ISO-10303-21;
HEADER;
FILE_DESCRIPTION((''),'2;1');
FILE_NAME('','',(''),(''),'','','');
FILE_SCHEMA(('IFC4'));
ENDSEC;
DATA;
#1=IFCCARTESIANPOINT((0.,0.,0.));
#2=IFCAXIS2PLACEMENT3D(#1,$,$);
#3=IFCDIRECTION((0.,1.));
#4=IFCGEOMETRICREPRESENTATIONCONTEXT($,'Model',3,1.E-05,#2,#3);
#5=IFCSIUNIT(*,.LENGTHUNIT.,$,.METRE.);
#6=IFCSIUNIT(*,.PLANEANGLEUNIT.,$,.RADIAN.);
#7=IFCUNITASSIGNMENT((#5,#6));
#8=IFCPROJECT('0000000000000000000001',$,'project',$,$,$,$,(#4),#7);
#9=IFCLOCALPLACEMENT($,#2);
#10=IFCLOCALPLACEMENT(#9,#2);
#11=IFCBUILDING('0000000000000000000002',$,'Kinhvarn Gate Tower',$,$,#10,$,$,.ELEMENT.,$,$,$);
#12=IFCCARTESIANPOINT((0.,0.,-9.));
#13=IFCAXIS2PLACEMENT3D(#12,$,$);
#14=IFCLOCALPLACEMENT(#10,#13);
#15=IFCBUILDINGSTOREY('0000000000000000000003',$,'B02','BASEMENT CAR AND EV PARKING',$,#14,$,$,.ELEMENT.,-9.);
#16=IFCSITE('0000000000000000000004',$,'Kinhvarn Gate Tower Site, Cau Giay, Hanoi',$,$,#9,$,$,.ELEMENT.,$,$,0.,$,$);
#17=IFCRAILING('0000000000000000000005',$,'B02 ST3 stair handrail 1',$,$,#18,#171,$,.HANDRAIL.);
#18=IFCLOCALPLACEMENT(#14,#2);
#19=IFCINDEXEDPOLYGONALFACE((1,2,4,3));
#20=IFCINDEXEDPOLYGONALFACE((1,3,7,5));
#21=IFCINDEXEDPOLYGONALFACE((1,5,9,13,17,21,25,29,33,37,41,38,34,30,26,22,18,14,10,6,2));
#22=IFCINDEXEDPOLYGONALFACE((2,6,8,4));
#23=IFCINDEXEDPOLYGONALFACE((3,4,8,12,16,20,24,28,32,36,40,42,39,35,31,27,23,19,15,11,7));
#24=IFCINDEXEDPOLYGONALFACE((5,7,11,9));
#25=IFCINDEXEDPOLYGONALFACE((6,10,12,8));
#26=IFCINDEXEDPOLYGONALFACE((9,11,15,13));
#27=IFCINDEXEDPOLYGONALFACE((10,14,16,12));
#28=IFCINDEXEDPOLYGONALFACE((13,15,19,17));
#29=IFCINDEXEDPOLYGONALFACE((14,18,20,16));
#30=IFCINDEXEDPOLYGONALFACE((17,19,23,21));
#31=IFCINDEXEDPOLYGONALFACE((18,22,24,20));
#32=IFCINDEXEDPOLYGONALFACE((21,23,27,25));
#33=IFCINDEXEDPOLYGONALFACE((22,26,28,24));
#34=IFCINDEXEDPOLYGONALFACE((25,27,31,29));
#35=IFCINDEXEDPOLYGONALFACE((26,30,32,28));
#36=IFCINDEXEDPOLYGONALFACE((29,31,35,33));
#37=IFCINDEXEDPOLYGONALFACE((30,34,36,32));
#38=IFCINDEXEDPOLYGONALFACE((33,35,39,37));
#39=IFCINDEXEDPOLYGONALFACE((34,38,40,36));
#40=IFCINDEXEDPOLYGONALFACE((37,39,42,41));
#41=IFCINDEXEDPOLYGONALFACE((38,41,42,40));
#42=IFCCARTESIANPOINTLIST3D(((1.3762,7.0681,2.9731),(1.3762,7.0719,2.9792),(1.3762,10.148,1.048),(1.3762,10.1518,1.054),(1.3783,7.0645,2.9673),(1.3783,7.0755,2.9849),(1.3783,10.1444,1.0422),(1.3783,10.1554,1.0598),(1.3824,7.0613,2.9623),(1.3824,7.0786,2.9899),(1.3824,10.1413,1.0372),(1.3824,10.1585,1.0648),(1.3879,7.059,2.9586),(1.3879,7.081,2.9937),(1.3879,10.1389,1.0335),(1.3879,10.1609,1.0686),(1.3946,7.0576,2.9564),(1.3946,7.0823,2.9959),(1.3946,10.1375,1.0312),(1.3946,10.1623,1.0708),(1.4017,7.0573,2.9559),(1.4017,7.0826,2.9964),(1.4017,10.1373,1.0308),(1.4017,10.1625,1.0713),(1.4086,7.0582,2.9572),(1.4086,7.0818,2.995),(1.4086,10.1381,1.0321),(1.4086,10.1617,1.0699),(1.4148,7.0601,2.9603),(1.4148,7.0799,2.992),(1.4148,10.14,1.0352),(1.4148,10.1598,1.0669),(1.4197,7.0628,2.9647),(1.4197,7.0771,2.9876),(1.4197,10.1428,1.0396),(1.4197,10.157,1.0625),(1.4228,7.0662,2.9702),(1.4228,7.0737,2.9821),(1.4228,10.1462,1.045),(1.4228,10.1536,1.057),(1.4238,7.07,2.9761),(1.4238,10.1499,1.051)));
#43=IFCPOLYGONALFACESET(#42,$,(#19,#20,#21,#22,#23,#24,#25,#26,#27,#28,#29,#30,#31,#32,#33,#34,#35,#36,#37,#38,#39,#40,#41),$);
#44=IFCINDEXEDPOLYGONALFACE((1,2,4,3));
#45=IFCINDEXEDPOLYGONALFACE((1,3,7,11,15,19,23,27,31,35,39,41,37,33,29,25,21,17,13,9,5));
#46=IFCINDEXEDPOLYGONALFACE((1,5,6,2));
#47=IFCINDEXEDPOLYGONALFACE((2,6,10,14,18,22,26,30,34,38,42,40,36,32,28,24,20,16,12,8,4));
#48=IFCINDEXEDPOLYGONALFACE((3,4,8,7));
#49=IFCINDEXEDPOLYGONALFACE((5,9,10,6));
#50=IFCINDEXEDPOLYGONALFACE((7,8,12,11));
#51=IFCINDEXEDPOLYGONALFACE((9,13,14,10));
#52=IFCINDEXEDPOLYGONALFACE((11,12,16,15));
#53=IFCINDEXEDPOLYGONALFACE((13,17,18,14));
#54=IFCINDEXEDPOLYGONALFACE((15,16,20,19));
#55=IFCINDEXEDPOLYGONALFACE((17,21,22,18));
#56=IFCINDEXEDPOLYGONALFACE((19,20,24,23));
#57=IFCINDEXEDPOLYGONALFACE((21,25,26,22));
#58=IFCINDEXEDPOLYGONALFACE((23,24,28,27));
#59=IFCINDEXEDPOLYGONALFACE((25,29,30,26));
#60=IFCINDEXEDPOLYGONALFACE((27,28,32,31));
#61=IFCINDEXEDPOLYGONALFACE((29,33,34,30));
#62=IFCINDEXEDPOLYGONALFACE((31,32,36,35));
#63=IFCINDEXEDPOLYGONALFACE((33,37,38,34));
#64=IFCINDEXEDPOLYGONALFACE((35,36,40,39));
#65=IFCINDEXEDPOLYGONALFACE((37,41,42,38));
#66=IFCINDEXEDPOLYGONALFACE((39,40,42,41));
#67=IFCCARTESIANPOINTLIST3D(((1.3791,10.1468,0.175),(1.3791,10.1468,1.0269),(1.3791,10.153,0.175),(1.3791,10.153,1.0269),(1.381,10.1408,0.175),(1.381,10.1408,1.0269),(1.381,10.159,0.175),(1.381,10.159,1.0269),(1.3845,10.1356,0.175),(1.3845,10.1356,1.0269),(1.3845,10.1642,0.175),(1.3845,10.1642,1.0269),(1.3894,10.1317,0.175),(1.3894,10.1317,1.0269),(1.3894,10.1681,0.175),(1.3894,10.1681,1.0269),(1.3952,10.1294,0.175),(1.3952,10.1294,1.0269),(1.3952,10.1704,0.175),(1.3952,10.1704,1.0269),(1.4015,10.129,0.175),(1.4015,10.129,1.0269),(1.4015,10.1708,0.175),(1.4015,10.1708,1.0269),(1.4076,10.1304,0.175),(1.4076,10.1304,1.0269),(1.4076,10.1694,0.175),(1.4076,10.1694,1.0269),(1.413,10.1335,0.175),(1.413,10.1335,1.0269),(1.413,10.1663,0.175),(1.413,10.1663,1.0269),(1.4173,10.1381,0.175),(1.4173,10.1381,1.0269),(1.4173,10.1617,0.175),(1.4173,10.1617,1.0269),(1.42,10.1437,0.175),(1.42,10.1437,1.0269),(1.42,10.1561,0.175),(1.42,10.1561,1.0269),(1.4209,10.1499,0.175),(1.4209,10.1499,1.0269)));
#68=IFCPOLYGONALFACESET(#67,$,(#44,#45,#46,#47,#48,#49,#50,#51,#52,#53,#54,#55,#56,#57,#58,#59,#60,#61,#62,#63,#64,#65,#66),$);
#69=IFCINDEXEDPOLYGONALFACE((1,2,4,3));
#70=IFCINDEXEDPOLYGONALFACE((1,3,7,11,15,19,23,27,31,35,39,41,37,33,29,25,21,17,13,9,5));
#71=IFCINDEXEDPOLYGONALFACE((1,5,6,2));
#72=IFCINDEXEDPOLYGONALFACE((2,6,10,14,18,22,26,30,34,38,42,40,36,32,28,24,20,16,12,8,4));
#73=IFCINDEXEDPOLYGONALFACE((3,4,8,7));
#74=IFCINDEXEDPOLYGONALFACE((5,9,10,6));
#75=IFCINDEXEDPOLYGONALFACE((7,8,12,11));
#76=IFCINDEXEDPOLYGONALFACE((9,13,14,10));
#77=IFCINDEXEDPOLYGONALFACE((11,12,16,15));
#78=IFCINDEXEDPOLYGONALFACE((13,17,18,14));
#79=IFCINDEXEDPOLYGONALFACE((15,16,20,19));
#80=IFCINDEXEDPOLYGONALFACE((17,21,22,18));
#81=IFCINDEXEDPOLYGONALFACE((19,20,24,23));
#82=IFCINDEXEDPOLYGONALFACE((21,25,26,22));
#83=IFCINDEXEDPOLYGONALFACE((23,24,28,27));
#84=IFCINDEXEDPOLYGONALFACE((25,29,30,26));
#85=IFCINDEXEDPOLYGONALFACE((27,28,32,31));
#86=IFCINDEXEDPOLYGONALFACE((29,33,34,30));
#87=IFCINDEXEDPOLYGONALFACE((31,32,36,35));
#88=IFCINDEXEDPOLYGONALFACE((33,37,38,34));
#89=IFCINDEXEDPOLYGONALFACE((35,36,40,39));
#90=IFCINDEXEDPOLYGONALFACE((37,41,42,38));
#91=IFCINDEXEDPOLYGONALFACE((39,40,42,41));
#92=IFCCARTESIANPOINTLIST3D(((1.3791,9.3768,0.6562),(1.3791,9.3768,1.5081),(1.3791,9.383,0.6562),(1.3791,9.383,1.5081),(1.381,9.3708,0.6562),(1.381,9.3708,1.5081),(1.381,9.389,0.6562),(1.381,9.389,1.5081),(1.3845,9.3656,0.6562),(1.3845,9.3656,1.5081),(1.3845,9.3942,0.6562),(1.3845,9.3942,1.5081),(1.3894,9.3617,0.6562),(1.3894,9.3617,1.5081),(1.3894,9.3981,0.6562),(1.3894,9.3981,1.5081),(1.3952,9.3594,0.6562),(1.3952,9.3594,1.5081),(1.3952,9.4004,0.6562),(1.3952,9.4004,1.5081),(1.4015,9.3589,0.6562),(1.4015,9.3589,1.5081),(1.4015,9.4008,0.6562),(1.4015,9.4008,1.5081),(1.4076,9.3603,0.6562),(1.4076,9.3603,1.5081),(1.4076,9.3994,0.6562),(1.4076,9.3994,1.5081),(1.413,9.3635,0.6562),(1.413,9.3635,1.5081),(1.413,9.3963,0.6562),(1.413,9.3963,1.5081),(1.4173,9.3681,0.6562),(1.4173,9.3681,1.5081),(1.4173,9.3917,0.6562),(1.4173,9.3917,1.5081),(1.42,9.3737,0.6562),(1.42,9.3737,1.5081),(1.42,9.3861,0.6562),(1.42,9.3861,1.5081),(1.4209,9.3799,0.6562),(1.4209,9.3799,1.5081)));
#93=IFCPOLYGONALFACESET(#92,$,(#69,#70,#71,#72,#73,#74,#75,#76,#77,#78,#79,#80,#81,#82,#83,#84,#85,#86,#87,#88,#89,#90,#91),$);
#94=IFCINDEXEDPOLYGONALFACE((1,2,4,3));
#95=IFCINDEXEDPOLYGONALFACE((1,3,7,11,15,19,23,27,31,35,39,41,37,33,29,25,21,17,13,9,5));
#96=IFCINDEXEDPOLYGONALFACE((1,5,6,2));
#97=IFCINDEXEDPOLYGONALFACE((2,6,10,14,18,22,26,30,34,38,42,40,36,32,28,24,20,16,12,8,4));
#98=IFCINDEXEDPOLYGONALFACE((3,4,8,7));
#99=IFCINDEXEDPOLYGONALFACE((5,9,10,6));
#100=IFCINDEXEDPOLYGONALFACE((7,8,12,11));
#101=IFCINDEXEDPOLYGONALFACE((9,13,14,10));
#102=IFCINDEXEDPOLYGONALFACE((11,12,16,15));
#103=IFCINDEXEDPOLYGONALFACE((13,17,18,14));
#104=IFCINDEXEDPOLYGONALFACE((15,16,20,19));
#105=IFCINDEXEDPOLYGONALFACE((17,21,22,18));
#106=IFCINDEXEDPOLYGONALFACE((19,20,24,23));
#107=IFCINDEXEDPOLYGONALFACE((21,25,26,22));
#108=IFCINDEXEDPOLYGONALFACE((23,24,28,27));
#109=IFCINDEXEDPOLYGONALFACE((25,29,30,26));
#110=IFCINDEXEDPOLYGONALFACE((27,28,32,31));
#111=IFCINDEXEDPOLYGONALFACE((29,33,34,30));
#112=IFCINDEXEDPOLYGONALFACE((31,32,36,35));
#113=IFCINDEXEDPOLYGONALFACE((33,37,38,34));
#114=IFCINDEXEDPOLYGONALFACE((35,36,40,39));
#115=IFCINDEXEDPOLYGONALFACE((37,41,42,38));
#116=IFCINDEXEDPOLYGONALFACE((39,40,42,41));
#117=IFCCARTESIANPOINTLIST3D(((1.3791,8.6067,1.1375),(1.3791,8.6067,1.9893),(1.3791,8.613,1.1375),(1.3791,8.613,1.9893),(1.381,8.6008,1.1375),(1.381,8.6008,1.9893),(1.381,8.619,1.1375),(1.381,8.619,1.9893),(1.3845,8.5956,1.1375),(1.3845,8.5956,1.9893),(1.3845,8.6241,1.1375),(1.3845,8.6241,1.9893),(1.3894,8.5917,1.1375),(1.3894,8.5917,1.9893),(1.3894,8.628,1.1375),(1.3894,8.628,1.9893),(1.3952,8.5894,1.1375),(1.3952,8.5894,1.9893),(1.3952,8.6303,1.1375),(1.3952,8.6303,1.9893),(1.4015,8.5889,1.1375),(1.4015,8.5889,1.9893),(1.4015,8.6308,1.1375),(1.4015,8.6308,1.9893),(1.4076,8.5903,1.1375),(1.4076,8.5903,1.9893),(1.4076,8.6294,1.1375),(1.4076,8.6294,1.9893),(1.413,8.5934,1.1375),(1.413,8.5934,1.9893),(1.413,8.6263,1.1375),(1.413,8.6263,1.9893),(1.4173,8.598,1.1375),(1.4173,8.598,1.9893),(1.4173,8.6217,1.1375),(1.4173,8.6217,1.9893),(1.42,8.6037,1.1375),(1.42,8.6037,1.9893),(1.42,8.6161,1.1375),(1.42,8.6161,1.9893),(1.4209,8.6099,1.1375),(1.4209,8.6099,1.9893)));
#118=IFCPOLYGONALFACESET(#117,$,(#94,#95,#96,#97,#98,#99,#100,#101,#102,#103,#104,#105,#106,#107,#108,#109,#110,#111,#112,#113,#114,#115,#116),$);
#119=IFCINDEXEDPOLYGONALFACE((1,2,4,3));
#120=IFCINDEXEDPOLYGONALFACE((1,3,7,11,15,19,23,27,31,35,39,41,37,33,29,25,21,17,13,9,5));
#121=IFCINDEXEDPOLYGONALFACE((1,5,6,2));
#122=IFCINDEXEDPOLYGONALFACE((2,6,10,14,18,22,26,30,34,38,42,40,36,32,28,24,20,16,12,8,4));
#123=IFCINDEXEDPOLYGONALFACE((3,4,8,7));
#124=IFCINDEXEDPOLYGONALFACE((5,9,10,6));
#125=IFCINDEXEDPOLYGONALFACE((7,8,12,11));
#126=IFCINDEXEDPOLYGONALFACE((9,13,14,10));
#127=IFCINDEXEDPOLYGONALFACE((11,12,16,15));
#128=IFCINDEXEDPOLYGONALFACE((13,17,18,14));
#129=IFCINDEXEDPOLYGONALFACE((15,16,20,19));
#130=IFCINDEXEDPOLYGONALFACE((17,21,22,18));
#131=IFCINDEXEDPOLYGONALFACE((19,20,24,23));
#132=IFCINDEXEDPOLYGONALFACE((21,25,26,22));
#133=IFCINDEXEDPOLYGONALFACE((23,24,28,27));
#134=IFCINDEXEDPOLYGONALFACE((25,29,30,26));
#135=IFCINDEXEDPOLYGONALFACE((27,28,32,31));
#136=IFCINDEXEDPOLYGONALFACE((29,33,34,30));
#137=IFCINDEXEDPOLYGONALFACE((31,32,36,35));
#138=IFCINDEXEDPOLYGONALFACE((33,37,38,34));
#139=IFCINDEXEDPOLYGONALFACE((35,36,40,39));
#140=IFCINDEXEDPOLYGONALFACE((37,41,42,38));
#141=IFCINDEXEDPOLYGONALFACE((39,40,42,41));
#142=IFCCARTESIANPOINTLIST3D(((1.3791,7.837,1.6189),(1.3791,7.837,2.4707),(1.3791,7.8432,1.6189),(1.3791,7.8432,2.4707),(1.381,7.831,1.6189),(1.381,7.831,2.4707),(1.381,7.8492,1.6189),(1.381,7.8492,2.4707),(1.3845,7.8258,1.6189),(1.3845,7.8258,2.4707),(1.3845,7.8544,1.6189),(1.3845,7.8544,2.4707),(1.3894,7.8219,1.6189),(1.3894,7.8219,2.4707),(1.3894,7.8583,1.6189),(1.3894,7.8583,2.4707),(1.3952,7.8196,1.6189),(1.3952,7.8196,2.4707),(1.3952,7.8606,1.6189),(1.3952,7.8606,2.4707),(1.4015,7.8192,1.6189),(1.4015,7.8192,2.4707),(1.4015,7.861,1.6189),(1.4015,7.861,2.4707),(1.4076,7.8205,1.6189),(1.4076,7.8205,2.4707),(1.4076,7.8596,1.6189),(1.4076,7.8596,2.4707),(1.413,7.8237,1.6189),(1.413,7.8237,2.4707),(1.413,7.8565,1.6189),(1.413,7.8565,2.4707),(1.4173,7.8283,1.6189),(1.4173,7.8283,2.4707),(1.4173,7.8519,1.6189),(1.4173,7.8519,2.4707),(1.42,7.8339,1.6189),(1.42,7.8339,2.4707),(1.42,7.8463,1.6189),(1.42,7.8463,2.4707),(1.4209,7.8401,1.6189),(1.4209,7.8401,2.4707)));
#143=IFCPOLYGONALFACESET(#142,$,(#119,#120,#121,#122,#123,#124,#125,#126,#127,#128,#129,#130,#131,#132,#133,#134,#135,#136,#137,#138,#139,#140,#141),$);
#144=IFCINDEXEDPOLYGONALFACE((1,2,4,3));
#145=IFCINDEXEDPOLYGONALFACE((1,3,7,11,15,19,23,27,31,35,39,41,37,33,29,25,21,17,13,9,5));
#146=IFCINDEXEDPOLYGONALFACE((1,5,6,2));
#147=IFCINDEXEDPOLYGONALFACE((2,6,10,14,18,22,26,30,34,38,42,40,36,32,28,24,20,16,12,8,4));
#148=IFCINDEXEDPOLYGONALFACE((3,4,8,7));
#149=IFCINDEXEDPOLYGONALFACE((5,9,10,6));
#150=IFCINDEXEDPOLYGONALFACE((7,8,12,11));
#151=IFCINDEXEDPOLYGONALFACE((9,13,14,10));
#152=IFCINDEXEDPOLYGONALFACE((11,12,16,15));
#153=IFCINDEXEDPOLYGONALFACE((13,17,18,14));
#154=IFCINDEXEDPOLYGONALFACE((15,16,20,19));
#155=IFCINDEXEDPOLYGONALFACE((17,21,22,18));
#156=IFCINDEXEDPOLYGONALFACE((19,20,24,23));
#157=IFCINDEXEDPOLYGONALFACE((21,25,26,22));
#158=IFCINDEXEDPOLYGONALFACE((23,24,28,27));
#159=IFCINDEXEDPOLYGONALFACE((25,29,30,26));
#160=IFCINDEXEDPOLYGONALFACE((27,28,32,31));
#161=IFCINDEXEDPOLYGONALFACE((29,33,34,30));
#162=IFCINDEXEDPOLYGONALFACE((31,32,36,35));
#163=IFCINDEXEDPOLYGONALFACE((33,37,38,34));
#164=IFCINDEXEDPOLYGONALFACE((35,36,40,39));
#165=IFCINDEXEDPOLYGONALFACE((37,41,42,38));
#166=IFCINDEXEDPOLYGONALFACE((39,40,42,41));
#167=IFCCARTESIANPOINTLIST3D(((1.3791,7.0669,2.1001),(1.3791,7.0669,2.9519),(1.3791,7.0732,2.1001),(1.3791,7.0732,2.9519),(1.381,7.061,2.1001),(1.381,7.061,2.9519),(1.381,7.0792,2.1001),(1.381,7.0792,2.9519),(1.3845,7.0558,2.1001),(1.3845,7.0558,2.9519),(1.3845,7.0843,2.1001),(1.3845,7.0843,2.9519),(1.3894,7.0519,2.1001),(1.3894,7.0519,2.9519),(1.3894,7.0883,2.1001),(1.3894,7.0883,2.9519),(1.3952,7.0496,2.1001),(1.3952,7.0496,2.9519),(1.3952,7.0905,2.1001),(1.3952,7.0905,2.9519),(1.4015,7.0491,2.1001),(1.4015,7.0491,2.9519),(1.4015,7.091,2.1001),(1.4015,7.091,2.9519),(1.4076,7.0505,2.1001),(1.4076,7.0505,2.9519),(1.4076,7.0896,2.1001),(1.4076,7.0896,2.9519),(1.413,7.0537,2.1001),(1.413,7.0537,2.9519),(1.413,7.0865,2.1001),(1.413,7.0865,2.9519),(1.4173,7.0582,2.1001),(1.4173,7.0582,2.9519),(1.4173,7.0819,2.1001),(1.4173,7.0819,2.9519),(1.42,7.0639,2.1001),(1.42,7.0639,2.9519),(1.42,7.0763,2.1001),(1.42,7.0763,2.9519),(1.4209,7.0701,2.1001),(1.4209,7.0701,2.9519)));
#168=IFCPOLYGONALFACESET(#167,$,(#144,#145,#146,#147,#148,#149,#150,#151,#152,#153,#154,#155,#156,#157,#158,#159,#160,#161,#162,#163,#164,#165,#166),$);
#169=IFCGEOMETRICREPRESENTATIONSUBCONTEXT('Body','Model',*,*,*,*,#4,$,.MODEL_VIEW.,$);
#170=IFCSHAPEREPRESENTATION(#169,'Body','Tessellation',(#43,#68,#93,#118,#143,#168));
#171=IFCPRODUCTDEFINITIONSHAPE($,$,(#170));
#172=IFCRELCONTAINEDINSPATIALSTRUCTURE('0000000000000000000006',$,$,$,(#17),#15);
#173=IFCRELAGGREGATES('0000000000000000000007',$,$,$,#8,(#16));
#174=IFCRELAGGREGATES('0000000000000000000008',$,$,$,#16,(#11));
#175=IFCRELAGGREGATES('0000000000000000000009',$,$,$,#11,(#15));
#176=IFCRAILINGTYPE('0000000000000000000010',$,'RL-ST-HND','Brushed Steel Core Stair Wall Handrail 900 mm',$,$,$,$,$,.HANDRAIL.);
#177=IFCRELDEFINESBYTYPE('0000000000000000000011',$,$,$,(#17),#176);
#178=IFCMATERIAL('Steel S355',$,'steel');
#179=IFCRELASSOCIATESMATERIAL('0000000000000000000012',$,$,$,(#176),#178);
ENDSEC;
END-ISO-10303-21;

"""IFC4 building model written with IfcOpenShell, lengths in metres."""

from ifc_helpers import new_model, si_unit, direction, frame, origin, origin_2d, place, context, subcontext, project, spatial, circle, extrude, material, type_object, element, save


model = new_model("IFC4")

# Units and contexts
model_context = context("Model", 3, precision=1e-05, world=origin(), true_north=direction((0.0, 1.0)))
body_context = subcontext(model_context, "Body", "Model", "MODEL_VIEW")
ifc_project = project(units=[si_unit("LENGTHUNIT", "METRE"), si_unit("PLANEANGLEUNIT", "RADIAN")], contexts=[model_context])

# Site, building, storey
site_placement = place(None, origin())
site = spatial("IfcSite", under=ifc_project, at=site_placement, Name="Kinhvarn Gate Tower Site, Cau Giay, Hanoi", CompositionType="ELEMENT", RefElevation=0.0)
building_placement = place(site_placement, origin())
building = spatial("IfcBuilding", under=site, at=building_placement, Name="Kinhvarn Gate Tower", CompositionType="ELEMENT")
storey_placement = place(building_placement, frame((0.0, 0.0, -9.0)))
storey = spatial("IfcBuildingStorey", under=building, at=storey_placement, Name="B02", Description="BASEMENT CAR AND EV PARKING", CompositionType="ELEMENT", Elevation=-9.0)

# Shared definitions
ifc_material_1 = material(Name="Steel S355", Category="steel")

# Railing
railing_type_1 = type_object("IfcRailingType", Name="RL-ST-HND", Description="Brushed Steel Core Stair Wall Handrail 900 mm", PredefinedType="HANDRAIL", material=ifc_material_1)
railing_1_placement = place(storey_placement, frame((1.3999, 10.1499, 0.175)))
element("IfcRailing", 1, at=railing_1_placement, inside=storey, type_object=railing_type_1, Name="B02 ST3 stair handrail 1", PredefinedType="HANDRAIL", context=body_context, shape_type="SweptSolid", body=[
    extrude(circle(Radius=0.0239, at=origin_2d()), frame((0.0, 0.0, 0.876), z_axis=(0.0, -0.847979, 0.530029), x_axis=(1.0, 0.0, 0.0)), (0.0, 0.0, 1.0), 3.6321),
    extrude(circle(Radius=0.021, at=origin_2d()), origin(), (0.0, 0.0, 1.0), 0.8518),
    extrude(circle(Radius=0.021, at=origin_2d()), frame((0.0, -0.77, 0.4812)), (0.0, 0.0, 1.0), 0.8518),
    extrude(circle(Radius=0.021, at=origin_2d()), frame((0.0, -1.54, 0.9624)), (0.0, 0.0, 1.0), 0.8518),
    extrude(circle(Radius=0.021, at=origin_2d()), frame((0.0, -2.3098, 1.4438)), (0.0, 0.0, 1.0), 0.8518),
    extrude(circle(Radius=0.021, at=origin_2d()), frame((0.0, -3.0798, 1.925)), (0.0, 0.0, 1.0), 0.8518),
])

save(model, "model.ifc")
